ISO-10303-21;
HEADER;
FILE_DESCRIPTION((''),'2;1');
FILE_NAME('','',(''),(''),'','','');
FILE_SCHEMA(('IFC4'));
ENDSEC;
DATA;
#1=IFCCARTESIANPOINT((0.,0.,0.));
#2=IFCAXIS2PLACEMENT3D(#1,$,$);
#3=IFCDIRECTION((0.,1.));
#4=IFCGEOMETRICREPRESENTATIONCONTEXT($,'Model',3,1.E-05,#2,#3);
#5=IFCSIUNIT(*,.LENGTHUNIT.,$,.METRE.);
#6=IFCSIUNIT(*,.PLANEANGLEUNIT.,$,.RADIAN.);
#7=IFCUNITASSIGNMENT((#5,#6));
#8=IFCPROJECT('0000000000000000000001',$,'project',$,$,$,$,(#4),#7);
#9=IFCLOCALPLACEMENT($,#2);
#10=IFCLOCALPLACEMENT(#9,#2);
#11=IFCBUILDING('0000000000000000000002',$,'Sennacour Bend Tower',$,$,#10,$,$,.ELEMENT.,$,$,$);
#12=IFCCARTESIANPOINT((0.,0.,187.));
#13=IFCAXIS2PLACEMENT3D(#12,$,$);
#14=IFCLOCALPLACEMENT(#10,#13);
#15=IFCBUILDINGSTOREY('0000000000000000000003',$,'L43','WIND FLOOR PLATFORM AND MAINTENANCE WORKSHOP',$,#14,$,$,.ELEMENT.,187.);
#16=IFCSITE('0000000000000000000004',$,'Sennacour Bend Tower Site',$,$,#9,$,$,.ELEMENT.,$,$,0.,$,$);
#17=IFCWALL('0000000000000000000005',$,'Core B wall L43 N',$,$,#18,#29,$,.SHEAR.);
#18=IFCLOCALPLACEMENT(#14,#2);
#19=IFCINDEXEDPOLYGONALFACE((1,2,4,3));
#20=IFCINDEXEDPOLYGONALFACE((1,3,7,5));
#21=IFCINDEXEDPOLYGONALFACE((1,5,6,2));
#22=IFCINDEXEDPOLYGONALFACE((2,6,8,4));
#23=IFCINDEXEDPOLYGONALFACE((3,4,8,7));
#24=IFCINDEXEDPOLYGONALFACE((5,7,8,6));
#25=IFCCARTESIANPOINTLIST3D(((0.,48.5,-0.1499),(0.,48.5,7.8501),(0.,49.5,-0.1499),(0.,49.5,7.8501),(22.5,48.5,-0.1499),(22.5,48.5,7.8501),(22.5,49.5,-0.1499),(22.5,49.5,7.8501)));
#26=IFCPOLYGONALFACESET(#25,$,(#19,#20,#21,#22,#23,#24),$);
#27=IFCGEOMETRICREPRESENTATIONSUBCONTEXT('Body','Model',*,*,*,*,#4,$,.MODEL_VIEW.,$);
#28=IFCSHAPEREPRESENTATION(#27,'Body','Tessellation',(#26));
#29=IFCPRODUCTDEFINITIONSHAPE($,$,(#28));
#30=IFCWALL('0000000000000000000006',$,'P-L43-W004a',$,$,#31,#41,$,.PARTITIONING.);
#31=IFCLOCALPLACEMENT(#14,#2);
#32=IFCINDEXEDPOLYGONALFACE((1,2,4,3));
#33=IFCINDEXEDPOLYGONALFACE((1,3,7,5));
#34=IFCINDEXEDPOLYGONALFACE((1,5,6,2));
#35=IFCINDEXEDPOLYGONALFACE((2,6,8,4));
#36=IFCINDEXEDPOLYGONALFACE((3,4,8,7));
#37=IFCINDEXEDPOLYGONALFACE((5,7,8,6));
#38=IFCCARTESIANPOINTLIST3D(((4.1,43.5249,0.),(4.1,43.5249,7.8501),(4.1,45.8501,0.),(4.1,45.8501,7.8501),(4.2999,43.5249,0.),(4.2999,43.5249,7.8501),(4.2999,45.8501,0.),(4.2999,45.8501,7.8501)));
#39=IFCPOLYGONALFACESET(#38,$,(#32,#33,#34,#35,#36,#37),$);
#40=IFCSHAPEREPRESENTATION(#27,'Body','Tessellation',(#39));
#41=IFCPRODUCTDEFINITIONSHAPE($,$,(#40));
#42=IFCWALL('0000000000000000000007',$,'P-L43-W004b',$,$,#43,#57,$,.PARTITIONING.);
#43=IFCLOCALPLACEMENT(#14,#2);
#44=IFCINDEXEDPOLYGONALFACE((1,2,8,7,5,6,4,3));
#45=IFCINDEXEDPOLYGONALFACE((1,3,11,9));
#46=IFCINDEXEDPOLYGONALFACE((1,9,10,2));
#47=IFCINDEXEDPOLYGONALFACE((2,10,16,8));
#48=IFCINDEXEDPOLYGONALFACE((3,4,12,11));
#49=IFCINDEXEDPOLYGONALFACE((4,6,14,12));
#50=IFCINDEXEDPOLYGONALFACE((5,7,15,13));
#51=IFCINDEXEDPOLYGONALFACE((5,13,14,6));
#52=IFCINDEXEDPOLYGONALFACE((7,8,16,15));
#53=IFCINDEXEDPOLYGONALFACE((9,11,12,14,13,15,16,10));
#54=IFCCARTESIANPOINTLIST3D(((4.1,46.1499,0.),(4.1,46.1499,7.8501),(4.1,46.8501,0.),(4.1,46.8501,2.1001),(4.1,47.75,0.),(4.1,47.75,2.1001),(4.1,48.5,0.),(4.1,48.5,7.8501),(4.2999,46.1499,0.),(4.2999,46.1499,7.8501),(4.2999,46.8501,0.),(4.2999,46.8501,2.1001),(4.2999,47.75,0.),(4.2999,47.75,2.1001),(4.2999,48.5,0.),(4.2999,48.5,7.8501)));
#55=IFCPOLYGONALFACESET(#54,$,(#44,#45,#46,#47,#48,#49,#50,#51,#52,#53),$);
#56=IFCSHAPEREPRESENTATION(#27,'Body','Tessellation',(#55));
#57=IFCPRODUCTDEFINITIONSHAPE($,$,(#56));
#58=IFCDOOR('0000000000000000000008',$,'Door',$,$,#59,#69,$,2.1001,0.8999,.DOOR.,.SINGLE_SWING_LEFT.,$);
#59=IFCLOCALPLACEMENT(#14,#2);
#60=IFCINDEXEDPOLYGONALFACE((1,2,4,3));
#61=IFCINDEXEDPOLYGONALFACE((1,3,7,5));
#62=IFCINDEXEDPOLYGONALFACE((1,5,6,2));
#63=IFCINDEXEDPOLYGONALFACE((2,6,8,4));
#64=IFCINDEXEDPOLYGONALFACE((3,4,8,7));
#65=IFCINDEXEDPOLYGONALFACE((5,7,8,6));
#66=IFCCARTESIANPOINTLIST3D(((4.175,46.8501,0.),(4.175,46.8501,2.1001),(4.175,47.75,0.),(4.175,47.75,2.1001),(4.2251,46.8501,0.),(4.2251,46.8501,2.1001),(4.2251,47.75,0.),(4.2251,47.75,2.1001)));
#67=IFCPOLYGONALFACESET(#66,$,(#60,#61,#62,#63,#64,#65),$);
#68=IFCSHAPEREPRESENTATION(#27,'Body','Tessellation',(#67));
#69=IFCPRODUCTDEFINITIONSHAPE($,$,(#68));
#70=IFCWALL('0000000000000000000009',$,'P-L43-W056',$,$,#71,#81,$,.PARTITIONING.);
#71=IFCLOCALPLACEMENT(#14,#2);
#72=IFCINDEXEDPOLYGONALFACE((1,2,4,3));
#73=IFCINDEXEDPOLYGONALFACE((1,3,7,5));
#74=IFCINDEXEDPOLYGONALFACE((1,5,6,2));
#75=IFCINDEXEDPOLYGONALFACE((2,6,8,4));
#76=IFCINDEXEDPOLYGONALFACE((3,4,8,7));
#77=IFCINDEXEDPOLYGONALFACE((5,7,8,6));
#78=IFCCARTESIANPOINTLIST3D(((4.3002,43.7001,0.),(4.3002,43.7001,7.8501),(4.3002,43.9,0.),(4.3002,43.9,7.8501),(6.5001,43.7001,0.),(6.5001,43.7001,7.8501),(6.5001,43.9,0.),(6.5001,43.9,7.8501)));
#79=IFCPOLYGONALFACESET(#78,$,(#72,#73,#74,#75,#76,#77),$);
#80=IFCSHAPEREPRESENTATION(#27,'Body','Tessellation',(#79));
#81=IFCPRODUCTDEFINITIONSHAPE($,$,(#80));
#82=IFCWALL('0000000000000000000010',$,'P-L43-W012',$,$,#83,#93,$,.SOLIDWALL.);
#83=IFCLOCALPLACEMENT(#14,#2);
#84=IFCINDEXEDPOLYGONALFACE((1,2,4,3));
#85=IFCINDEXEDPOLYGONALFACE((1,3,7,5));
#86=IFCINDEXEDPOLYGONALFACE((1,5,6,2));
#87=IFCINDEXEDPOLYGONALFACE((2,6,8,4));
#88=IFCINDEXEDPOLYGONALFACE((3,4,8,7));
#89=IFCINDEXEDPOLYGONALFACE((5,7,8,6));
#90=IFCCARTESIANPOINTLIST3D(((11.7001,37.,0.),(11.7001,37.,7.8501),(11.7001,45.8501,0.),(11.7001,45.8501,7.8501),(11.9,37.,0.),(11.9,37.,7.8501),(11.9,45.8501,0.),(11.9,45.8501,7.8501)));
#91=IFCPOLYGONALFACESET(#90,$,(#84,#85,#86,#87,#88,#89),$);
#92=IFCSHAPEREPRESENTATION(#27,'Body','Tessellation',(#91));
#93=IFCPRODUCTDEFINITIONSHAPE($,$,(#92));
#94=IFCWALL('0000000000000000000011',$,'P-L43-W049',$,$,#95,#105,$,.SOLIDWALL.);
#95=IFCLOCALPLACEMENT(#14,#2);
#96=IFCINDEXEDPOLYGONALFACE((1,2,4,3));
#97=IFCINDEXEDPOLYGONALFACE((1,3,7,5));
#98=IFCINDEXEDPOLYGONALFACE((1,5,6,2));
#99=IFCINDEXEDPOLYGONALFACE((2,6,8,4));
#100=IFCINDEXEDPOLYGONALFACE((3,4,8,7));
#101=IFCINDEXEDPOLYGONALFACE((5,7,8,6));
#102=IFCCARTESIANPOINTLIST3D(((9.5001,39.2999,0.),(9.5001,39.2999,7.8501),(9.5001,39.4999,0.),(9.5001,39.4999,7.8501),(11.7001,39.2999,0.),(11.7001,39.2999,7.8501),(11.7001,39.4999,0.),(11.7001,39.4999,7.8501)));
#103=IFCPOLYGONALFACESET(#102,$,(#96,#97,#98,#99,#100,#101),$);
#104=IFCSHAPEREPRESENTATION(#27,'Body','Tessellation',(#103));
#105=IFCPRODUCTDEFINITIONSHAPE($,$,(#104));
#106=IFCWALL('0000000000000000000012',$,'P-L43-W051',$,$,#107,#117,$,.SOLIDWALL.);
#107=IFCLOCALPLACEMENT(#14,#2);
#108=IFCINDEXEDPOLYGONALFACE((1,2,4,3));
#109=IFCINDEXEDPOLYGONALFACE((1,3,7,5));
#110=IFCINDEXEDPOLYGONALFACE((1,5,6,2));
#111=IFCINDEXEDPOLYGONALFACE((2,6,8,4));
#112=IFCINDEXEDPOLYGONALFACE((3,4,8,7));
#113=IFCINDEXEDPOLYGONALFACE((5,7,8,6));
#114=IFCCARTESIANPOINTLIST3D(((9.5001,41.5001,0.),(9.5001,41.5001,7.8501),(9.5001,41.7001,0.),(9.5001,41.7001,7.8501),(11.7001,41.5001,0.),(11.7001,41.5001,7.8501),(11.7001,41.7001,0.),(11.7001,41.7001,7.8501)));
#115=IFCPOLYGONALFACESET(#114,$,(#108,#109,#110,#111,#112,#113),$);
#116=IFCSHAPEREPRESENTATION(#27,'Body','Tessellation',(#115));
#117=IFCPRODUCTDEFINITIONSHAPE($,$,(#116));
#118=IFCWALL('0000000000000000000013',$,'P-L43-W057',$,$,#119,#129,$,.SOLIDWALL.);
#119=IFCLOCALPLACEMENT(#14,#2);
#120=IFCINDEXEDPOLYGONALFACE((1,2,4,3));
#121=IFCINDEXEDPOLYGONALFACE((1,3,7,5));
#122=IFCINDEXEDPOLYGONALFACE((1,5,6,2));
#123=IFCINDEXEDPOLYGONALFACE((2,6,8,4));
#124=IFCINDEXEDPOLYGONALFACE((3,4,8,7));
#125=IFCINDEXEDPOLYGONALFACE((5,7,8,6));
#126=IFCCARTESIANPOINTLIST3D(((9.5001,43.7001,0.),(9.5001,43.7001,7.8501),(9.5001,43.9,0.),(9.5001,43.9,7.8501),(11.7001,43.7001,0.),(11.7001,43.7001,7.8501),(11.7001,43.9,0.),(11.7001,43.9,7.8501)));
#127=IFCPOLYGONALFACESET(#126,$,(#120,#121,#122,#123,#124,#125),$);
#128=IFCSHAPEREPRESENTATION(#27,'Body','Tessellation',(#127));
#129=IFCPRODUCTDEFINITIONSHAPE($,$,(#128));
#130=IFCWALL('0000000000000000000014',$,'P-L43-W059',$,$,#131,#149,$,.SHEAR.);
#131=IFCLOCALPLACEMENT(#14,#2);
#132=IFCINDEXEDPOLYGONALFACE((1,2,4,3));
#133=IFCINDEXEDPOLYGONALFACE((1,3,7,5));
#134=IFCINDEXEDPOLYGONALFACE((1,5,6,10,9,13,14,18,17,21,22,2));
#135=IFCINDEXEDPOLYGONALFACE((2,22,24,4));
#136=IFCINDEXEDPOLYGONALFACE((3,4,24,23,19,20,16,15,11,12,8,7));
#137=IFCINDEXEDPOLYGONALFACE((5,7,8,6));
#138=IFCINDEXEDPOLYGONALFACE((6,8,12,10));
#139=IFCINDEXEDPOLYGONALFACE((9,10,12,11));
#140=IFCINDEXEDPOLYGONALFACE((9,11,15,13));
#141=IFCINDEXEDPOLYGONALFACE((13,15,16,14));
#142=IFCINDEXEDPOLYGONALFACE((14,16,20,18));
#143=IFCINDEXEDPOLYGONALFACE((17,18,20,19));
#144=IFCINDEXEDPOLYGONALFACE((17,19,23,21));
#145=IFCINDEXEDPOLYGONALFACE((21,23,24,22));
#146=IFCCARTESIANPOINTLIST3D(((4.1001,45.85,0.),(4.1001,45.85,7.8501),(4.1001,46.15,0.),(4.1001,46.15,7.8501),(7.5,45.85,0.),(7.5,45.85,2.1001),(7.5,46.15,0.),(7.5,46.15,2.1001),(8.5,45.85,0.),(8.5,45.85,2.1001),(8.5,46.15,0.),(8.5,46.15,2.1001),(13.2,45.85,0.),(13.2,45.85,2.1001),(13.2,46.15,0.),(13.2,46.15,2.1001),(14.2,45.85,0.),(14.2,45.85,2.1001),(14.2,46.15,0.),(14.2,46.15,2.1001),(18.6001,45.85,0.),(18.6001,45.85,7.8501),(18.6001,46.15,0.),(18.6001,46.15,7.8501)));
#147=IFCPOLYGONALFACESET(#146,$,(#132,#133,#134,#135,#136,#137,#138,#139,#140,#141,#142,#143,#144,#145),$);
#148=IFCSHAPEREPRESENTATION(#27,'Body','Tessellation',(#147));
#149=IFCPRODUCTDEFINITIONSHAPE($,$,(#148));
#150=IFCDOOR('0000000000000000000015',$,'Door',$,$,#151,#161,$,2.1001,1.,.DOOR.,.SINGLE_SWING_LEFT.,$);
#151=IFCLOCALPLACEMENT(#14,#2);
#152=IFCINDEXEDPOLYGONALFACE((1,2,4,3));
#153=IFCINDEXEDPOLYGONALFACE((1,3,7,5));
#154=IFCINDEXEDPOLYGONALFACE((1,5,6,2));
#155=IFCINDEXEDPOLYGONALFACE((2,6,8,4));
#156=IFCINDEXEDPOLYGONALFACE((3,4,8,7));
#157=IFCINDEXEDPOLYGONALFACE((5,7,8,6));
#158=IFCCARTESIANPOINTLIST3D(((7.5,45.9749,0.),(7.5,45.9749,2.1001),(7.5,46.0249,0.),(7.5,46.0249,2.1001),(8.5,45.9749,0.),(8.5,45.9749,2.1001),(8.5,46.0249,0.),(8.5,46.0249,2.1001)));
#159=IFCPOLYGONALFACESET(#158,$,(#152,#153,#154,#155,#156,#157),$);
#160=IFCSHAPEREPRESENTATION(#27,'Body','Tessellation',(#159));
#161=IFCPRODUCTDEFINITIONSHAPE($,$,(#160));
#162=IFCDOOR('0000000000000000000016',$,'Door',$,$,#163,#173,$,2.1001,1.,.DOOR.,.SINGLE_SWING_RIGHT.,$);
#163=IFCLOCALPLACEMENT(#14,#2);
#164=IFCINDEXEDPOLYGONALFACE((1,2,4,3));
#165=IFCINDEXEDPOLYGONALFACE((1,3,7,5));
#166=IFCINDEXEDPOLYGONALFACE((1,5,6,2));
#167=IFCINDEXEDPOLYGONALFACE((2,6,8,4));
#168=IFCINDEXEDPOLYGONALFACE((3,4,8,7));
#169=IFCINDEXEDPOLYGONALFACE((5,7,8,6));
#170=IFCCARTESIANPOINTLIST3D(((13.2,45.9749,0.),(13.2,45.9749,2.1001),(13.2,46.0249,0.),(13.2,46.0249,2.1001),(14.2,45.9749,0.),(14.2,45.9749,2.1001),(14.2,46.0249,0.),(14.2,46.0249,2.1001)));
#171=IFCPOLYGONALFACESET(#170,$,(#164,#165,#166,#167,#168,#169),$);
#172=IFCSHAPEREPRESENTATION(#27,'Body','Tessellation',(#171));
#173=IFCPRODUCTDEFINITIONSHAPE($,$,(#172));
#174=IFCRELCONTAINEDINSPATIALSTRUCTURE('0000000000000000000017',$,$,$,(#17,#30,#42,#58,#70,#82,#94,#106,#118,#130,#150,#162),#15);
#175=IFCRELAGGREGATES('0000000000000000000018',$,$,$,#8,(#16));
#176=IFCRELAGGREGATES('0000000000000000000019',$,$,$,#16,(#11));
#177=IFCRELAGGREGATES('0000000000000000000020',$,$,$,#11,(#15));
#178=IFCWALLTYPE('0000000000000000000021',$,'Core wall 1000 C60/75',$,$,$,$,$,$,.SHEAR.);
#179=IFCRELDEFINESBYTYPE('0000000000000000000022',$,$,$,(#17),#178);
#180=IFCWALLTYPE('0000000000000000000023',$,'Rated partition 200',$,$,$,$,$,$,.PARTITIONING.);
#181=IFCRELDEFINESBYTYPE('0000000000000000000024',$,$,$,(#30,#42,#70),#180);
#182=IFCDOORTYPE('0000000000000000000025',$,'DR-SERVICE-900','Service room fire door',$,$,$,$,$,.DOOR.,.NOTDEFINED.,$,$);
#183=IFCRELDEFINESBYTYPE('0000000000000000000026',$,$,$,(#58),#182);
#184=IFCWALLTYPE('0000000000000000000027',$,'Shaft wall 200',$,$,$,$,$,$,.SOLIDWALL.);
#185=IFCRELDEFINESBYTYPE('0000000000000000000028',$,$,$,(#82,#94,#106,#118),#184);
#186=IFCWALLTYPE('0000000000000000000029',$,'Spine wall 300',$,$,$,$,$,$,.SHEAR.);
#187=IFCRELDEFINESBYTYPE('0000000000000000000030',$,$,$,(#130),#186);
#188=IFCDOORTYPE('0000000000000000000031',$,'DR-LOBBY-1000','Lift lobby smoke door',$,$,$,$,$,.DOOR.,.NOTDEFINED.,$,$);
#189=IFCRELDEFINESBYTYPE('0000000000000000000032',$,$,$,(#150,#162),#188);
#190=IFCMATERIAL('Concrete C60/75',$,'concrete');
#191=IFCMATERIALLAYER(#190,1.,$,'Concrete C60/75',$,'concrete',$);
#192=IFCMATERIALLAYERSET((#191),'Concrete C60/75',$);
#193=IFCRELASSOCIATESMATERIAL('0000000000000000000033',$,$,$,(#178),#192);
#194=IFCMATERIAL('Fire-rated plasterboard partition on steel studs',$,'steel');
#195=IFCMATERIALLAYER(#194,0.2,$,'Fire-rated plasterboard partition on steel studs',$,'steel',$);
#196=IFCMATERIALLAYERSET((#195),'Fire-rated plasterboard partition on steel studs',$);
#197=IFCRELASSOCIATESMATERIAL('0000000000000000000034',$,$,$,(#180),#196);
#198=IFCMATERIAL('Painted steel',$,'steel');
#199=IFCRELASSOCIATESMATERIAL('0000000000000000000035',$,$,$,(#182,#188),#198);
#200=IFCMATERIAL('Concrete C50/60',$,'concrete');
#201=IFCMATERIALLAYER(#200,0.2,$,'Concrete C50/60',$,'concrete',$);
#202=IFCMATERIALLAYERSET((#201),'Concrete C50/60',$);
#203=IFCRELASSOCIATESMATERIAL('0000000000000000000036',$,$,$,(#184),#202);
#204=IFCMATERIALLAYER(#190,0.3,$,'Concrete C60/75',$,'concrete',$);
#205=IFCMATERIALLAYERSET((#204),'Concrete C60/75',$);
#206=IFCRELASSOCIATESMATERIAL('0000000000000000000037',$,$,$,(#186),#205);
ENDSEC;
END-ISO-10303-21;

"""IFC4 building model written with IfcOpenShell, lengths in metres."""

from ifc_helpers import new_model, si_unit, direction, frame, frame_2d, origin, place, context, subcontext, project, spatial, rectangle, extrude, material, layer, layer_set, type_object, element, fill, save


model = new_model("IFC4")

# Units and contexts
model_context = context("Model", 3, precision=1e-05, world=origin(), true_north=direction((0.0, 1.0)))
body_context = subcontext(model_context, "Body", "Model", "MODEL_VIEW")
ifc_project = project(units=[si_unit("LENGTHUNIT", "METRE"), si_unit("PLANEANGLEUNIT", "RADIAN")], contexts=[model_context])

# Site, building, storey
site_placement = place(None, origin())
site = spatial("IfcSite", under=ifc_project, at=site_placement, Name="Sennacour Bend Tower Site", CompositionType="ELEMENT", RefElevation=0.0)
building_placement = place(site_placement, origin())
building = spatial("IfcBuilding", under=site, at=building_placement, Name="Sennacour Bend Tower", CompositionType="ELEMENT")
storey_placement = place(building_placement, frame((0.0, 0.0, 187.0)))
storey = spatial("IfcBuildingStorey", under=building, at=storey_placement, Name="L43", Description="WIND FLOOR PLATFORM AND MAINTENANCE WORKSHOP", CompositionType="ELEMENT", Elevation=187.0)

# Walls
ifc_material_1 = material(Name="Concrete C60/75", Category="concrete")
ifc_layer_1 = layer(ifc_material_1, 1.0, Name="Concrete C60/75", Category="concrete")
ifc_layer_set_1 = layer_set([ifc_layer_1], Name="Concrete C60/75")
wall_type_1 = type_object("IfcWallType", Name="Core wall 1000 C60/75", PredefinedType="SHEAR", material=ifc_layer_set_1)
wall_1_placement = place(storey_placement, frame((0.0, 49.0, -0.1499), z_axis=(0.0, 0.0, 1.0), x_axis=(1.0, 0.0, 0.0)))
element("IfcWall", 1, at=wall_1_placement, inside=storey, type_object=wall_type_1, Name="Core B wall L43 N", PredefinedType="SHEAR", context=body_context, shape_type="SweptSolid", body=[
    extrude(rectangle(XDim=22.5, YDim=1.0, at=frame_2d((11.25, 0.0))), origin(), (0.0, 0.0, 1.0), 8.0),
])
ifc_material_2 = material(Name="Fire-rated plasterboard partition on steel studs", Category="steel")
ifc_layer_2 = layer(ifc_material_2, 0.2, Name="Fire-rated plasterboard partition on steel studs", Category="steel")
ifc_layer_set_2 = layer_set([ifc_layer_2], Name="Fire-rated plasterboard partition on steel studs")
wall_type_2 = type_object("IfcWallType", Name="Rated partition 200", PredefinedType="PARTITIONING", material=ifc_layer_set_2)
wall_2_placement = place(storey_placement, frame((4.2, 43.5249, 0.0), z_axis=(0.0, 0.0, 1.0), x_axis=(0.0, 1.0, 0.0)))
element("IfcWall", 2, at=wall_2_placement, inside=storey, type_object=wall_type_2, Name="P-L43-W004a", PredefinedType="PARTITIONING", context=body_context, shape_type="SweptSolid", body=[
    extrude(rectangle(XDim=2.3252, YDim=0.2, at=frame_2d((1.1626, 0.0))), origin(), (0.0, 0.0, 1.0), 7.8501),
])

# Wall, opening, door
wall_3_placement = place(storey_placement, frame((4.2, 46.1499, 0.0), z_axis=(0.0, 0.0, 1.0), x_axis=(0.0, 1.0, 0.0)))
wall_3 = element("IfcWall", 3, at=wall_3_placement, inside=storey, type_object=wall_type_2, Name="P-L43-W004b", PredefinedType="PARTITIONING", context=body_context, shape_type="SweptSolid", body=[
    extrude(rectangle(XDim=2.3501, YDim=0.2, at=frame_2d((1.175, 0.0))), origin(), (0.0, 0.0, 1.0), 7.8501),
])
opening_1_placement = place(wall_3_placement, frame((0.7002, 0.0, 0.0)))
opening_1 = element("IfcOpeningElement", 4, at=opening_1_placement, cuts=wall_3, PredefinedType="OPENING", context=body_context, shape_type="SweptSolid", body=[
    extrude(rectangle(XDim=0.8999, YDim=2.1001, at=frame_2d((0.45, 1.05))), frame((0.0, 0.1099, 0.0), z_axis=(0.0, -1.0, 0.0), x_axis=(1.0, 0.0, 0.0)), (0.0, 0.0, 1.0), 0.22),
])
ifc_material_3 = material(Name="Painted steel", Category="steel")
door_type_1 = type_object("IfcDoorType", Name="DR-SERVICE-900", Description="Service room fire door", OperationType="NOTDEFINED", PredefinedType="DOOR", material=ifc_material_3)
door_1_placement = place(opening_1_placement, origin())
door_1 = element("IfcDoor", 5, at=door_1_placement, inside=storey, type_object=door_type_1, Name="Door", OperationType="SINGLE_SWING_LEFT", OverallHeight=2.1001, OverallWidth=0.8999, PredefinedType="DOOR", context=body_context, shape_type="SweptSolid", body=[
    extrude(rectangle(XDim=0.8999, YDim=2.1001, at=frame_2d((0.45, 1.05))), frame((0.0, 0.0249, 0.0), z_axis=(0.0, -1.0, 0.0), x_axis=(1.0, 0.0, 0.0)), (0.0, 0.0, 1.0), 0.05),
])
fill(opening_1, door_1)

# Walls
wall_4_placement = place(storey_placement, frame((4.3, 43.8, 0.0), z_axis=(0.0, 0.0, 1.0), x_axis=(1.0, 0.0, 0.0)))
element("IfcWall", 6, at=wall_4_placement, inside=storey, type_object=wall_type_2, Name="P-L43-W056", PredefinedType="PARTITIONING", context=body_context, shape_type="SweptSolid", body=[
    extrude(rectangle(XDim=2.2, YDim=0.2, at=frame_2d((1.1001, 0.0))), origin(), (0.0, 0.0, 1.0), 7.8501),
])
ifc_material_4 = material(Name="Concrete C50/60", Category="concrete")
ifc_layer_3 = layer(ifc_material_4, 0.2, Name="Concrete C50/60", Category="concrete")
ifc_layer_set_3 = layer_set([ifc_layer_3], Name="Concrete C50/60")
wall_type_3 = type_object("IfcWallType", Name="Shaft wall 200", PredefinedType="SOLIDWALL", material=ifc_layer_set_3)
wall_5_placement = place(storey_placement, frame((11.8, 37.0, 0.0), z_axis=(0.0, 0.0, 1.0), x_axis=(0.0, 1.0, 0.0)))
element("IfcWall", 7, at=wall_5_placement, inside=storey, type_object=wall_type_3, Name="P-L43-W012", PredefinedType="SOLIDWALL", context=body_context, shape_type="SweptSolid", body=[
    extrude(rectangle(XDim=8.8501, YDim=0.2, at=frame_2d((4.425, 0.0))), origin(), (0.0, 0.0, 1.0), 7.8501),
])
for number, where, z_axis, x_axis, name in (
    (8, (9.5, 39.3999, 0.0), (0.0, 0.0, 1.0), (1.0, 0.0, 0.0), "P-L43-W049"),
    (9, (9.5, 41.6001, 0.0), (0.0, 0.0, 1.0), (1.0, 0.0, 0.0), "P-L43-W051"),
    (10, (9.5, 43.8, 0.0), (0.0, 0.0, 1.0), (1.0, 0.0, 0.0), "P-L43-W057"),
):
    element("IfcWall", number, at=place(storey_placement, frame(where, z_axis=z_axis, x_axis=x_axis)), inside=storey, type_object=wall_type_3, Name=name, PredefinedType="SOLIDWALL", context=body_context, shape_type="SweptSolid", body=[
        extrude(rectangle(XDim=2.2, YDim=0.2, at=frame_2d((1.1001, 0.0))), origin(), (0.0, 0.0, 1.0), 7.8501),
    ])

# Wall, openings, doors
ifc_layer_4 = layer(ifc_material_1, 0.3, Name="Concrete C60/75", Category="concrete")
ifc_layer_set_4 = layer_set([ifc_layer_4], Name="Concrete C60/75")
wall_type_4 = type_object("IfcWallType", Name="Spine wall 300", PredefinedType="SHEAR", material=ifc_layer_set_4)
wall_6_placement = place(storey_placement, frame((4.1001, 46.0, 0.0), z_axis=(0.0, 0.0, 1.0), x_axis=(1.0, 0.0, 0.0)))
wall_6 = element("IfcWall", 11, at=wall_6_placement, inside=storey, type_object=wall_type_4, Name="P-L43-W059", PredefinedType="SHEAR", context=body_context, shape_type="SweptSolid", body=[
    extrude(rectangle(XDim=14.5, YDim=0.3, at=frame_2d((7.25, 0.0))), origin(), (0.0, 0.0, 1.0), 7.8501),
])
opening_2_placement = place(wall_6_placement, frame((3.3999, 0.0, 0.0)))
opening_2 = element("IfcOpeningElement", 12, at=opening_2_placement, cuts=wall_6, PredefinedType="OPENING", context=body_context, shape_type="SweptSolid", body=[
    extrude(rectangle(XDim=1.0, YDim=2.1001, at=frame_2d((0.5, 1.05))), frame((0.0, 0.1602, 0.0), z_axis=(0.0, -1.0, 0.0), x_axis=(1.0, 0.0, 0.0)), (0.0, 0.0, 1.0), 0.3201),
])
opening_3_placement = place(wall_6_placement, frame((9.0999, 0.0, 0.0)))
opening_3 = element("IfcOpeningElement", 13, at=opening_3_placement, cuts=wall_6, PredefinedType="OPENING", context=body_context, shape_type="SweptSolid", body=[
    extrude(rectangle(XDim=1.0, YDim=2.1001, at=frame_2d((0.5, 1.05))), frame((0.0, 0.1602, 0.0), z_axis=(0.0, -1.0, 0.0), x_axis=(1.0, 0.0, 0.0)), (0.0, 0.0, 1.0), 0.3201),
])
door_type_2 = type_object("IfcDoorType", Name="DR-LOBBY-1000", Description="Lift lobby smoke door", OperationType="NOTDEFINED", PredefinedType="DOOR", material=ifc_material_3)
door_2_placement = place(opening_2_placement, origin())
door_2 = element("IfcDoor", 14, at=door_2_placement, inside=storey, type_object=door_type_2, Name="Door", OperationType="SINGLE_SWING_LEFT", OverallHeight=2.1001, OverallWidth=1.0, PredefinedType="DOOR", context=body_context, shape_type="SweptSolid", body=[
    extrude(rectangle(XDim=1.0, YDim=2.1001, at=frame_2d((0.5, 1.05))), frame((0.0, 0.0249, 0.0), z_axis=(0.0, -1.0, 0.0), x_axis=(1.0, 0.0, 0.0)), (0.0, 0.0, 1.0), 0.05),
])
fill(opening_2, door_2)
door_3_placement = place(opening_3_placement, origin())
door_3 = element("IfcDoor", 15, at=door_3_placement, inside=storey, type_object=door_type_2, Name="Door", OperationType="SINGLE_SWING_RIGHT", OverallHeight=2.1001, OverallWidth=1.0, PredefinedType="DOOR", context=body_context, shape_type="SweptSolid", body=[
    extrude(rectangle(XDim=1.0, YDim=2.1001, at=frame_2d((0.5, 1.05))), frame((0.0, 0.0249, 0.0), z_axis=(0.0, -1.0, 0.0), x_axis=(1.0, 0.0, 0.0)), (0.0, 0.0, 1.0), 0.05),
])
fill(opening_3, door_3)

save(model, "model.ifc")
